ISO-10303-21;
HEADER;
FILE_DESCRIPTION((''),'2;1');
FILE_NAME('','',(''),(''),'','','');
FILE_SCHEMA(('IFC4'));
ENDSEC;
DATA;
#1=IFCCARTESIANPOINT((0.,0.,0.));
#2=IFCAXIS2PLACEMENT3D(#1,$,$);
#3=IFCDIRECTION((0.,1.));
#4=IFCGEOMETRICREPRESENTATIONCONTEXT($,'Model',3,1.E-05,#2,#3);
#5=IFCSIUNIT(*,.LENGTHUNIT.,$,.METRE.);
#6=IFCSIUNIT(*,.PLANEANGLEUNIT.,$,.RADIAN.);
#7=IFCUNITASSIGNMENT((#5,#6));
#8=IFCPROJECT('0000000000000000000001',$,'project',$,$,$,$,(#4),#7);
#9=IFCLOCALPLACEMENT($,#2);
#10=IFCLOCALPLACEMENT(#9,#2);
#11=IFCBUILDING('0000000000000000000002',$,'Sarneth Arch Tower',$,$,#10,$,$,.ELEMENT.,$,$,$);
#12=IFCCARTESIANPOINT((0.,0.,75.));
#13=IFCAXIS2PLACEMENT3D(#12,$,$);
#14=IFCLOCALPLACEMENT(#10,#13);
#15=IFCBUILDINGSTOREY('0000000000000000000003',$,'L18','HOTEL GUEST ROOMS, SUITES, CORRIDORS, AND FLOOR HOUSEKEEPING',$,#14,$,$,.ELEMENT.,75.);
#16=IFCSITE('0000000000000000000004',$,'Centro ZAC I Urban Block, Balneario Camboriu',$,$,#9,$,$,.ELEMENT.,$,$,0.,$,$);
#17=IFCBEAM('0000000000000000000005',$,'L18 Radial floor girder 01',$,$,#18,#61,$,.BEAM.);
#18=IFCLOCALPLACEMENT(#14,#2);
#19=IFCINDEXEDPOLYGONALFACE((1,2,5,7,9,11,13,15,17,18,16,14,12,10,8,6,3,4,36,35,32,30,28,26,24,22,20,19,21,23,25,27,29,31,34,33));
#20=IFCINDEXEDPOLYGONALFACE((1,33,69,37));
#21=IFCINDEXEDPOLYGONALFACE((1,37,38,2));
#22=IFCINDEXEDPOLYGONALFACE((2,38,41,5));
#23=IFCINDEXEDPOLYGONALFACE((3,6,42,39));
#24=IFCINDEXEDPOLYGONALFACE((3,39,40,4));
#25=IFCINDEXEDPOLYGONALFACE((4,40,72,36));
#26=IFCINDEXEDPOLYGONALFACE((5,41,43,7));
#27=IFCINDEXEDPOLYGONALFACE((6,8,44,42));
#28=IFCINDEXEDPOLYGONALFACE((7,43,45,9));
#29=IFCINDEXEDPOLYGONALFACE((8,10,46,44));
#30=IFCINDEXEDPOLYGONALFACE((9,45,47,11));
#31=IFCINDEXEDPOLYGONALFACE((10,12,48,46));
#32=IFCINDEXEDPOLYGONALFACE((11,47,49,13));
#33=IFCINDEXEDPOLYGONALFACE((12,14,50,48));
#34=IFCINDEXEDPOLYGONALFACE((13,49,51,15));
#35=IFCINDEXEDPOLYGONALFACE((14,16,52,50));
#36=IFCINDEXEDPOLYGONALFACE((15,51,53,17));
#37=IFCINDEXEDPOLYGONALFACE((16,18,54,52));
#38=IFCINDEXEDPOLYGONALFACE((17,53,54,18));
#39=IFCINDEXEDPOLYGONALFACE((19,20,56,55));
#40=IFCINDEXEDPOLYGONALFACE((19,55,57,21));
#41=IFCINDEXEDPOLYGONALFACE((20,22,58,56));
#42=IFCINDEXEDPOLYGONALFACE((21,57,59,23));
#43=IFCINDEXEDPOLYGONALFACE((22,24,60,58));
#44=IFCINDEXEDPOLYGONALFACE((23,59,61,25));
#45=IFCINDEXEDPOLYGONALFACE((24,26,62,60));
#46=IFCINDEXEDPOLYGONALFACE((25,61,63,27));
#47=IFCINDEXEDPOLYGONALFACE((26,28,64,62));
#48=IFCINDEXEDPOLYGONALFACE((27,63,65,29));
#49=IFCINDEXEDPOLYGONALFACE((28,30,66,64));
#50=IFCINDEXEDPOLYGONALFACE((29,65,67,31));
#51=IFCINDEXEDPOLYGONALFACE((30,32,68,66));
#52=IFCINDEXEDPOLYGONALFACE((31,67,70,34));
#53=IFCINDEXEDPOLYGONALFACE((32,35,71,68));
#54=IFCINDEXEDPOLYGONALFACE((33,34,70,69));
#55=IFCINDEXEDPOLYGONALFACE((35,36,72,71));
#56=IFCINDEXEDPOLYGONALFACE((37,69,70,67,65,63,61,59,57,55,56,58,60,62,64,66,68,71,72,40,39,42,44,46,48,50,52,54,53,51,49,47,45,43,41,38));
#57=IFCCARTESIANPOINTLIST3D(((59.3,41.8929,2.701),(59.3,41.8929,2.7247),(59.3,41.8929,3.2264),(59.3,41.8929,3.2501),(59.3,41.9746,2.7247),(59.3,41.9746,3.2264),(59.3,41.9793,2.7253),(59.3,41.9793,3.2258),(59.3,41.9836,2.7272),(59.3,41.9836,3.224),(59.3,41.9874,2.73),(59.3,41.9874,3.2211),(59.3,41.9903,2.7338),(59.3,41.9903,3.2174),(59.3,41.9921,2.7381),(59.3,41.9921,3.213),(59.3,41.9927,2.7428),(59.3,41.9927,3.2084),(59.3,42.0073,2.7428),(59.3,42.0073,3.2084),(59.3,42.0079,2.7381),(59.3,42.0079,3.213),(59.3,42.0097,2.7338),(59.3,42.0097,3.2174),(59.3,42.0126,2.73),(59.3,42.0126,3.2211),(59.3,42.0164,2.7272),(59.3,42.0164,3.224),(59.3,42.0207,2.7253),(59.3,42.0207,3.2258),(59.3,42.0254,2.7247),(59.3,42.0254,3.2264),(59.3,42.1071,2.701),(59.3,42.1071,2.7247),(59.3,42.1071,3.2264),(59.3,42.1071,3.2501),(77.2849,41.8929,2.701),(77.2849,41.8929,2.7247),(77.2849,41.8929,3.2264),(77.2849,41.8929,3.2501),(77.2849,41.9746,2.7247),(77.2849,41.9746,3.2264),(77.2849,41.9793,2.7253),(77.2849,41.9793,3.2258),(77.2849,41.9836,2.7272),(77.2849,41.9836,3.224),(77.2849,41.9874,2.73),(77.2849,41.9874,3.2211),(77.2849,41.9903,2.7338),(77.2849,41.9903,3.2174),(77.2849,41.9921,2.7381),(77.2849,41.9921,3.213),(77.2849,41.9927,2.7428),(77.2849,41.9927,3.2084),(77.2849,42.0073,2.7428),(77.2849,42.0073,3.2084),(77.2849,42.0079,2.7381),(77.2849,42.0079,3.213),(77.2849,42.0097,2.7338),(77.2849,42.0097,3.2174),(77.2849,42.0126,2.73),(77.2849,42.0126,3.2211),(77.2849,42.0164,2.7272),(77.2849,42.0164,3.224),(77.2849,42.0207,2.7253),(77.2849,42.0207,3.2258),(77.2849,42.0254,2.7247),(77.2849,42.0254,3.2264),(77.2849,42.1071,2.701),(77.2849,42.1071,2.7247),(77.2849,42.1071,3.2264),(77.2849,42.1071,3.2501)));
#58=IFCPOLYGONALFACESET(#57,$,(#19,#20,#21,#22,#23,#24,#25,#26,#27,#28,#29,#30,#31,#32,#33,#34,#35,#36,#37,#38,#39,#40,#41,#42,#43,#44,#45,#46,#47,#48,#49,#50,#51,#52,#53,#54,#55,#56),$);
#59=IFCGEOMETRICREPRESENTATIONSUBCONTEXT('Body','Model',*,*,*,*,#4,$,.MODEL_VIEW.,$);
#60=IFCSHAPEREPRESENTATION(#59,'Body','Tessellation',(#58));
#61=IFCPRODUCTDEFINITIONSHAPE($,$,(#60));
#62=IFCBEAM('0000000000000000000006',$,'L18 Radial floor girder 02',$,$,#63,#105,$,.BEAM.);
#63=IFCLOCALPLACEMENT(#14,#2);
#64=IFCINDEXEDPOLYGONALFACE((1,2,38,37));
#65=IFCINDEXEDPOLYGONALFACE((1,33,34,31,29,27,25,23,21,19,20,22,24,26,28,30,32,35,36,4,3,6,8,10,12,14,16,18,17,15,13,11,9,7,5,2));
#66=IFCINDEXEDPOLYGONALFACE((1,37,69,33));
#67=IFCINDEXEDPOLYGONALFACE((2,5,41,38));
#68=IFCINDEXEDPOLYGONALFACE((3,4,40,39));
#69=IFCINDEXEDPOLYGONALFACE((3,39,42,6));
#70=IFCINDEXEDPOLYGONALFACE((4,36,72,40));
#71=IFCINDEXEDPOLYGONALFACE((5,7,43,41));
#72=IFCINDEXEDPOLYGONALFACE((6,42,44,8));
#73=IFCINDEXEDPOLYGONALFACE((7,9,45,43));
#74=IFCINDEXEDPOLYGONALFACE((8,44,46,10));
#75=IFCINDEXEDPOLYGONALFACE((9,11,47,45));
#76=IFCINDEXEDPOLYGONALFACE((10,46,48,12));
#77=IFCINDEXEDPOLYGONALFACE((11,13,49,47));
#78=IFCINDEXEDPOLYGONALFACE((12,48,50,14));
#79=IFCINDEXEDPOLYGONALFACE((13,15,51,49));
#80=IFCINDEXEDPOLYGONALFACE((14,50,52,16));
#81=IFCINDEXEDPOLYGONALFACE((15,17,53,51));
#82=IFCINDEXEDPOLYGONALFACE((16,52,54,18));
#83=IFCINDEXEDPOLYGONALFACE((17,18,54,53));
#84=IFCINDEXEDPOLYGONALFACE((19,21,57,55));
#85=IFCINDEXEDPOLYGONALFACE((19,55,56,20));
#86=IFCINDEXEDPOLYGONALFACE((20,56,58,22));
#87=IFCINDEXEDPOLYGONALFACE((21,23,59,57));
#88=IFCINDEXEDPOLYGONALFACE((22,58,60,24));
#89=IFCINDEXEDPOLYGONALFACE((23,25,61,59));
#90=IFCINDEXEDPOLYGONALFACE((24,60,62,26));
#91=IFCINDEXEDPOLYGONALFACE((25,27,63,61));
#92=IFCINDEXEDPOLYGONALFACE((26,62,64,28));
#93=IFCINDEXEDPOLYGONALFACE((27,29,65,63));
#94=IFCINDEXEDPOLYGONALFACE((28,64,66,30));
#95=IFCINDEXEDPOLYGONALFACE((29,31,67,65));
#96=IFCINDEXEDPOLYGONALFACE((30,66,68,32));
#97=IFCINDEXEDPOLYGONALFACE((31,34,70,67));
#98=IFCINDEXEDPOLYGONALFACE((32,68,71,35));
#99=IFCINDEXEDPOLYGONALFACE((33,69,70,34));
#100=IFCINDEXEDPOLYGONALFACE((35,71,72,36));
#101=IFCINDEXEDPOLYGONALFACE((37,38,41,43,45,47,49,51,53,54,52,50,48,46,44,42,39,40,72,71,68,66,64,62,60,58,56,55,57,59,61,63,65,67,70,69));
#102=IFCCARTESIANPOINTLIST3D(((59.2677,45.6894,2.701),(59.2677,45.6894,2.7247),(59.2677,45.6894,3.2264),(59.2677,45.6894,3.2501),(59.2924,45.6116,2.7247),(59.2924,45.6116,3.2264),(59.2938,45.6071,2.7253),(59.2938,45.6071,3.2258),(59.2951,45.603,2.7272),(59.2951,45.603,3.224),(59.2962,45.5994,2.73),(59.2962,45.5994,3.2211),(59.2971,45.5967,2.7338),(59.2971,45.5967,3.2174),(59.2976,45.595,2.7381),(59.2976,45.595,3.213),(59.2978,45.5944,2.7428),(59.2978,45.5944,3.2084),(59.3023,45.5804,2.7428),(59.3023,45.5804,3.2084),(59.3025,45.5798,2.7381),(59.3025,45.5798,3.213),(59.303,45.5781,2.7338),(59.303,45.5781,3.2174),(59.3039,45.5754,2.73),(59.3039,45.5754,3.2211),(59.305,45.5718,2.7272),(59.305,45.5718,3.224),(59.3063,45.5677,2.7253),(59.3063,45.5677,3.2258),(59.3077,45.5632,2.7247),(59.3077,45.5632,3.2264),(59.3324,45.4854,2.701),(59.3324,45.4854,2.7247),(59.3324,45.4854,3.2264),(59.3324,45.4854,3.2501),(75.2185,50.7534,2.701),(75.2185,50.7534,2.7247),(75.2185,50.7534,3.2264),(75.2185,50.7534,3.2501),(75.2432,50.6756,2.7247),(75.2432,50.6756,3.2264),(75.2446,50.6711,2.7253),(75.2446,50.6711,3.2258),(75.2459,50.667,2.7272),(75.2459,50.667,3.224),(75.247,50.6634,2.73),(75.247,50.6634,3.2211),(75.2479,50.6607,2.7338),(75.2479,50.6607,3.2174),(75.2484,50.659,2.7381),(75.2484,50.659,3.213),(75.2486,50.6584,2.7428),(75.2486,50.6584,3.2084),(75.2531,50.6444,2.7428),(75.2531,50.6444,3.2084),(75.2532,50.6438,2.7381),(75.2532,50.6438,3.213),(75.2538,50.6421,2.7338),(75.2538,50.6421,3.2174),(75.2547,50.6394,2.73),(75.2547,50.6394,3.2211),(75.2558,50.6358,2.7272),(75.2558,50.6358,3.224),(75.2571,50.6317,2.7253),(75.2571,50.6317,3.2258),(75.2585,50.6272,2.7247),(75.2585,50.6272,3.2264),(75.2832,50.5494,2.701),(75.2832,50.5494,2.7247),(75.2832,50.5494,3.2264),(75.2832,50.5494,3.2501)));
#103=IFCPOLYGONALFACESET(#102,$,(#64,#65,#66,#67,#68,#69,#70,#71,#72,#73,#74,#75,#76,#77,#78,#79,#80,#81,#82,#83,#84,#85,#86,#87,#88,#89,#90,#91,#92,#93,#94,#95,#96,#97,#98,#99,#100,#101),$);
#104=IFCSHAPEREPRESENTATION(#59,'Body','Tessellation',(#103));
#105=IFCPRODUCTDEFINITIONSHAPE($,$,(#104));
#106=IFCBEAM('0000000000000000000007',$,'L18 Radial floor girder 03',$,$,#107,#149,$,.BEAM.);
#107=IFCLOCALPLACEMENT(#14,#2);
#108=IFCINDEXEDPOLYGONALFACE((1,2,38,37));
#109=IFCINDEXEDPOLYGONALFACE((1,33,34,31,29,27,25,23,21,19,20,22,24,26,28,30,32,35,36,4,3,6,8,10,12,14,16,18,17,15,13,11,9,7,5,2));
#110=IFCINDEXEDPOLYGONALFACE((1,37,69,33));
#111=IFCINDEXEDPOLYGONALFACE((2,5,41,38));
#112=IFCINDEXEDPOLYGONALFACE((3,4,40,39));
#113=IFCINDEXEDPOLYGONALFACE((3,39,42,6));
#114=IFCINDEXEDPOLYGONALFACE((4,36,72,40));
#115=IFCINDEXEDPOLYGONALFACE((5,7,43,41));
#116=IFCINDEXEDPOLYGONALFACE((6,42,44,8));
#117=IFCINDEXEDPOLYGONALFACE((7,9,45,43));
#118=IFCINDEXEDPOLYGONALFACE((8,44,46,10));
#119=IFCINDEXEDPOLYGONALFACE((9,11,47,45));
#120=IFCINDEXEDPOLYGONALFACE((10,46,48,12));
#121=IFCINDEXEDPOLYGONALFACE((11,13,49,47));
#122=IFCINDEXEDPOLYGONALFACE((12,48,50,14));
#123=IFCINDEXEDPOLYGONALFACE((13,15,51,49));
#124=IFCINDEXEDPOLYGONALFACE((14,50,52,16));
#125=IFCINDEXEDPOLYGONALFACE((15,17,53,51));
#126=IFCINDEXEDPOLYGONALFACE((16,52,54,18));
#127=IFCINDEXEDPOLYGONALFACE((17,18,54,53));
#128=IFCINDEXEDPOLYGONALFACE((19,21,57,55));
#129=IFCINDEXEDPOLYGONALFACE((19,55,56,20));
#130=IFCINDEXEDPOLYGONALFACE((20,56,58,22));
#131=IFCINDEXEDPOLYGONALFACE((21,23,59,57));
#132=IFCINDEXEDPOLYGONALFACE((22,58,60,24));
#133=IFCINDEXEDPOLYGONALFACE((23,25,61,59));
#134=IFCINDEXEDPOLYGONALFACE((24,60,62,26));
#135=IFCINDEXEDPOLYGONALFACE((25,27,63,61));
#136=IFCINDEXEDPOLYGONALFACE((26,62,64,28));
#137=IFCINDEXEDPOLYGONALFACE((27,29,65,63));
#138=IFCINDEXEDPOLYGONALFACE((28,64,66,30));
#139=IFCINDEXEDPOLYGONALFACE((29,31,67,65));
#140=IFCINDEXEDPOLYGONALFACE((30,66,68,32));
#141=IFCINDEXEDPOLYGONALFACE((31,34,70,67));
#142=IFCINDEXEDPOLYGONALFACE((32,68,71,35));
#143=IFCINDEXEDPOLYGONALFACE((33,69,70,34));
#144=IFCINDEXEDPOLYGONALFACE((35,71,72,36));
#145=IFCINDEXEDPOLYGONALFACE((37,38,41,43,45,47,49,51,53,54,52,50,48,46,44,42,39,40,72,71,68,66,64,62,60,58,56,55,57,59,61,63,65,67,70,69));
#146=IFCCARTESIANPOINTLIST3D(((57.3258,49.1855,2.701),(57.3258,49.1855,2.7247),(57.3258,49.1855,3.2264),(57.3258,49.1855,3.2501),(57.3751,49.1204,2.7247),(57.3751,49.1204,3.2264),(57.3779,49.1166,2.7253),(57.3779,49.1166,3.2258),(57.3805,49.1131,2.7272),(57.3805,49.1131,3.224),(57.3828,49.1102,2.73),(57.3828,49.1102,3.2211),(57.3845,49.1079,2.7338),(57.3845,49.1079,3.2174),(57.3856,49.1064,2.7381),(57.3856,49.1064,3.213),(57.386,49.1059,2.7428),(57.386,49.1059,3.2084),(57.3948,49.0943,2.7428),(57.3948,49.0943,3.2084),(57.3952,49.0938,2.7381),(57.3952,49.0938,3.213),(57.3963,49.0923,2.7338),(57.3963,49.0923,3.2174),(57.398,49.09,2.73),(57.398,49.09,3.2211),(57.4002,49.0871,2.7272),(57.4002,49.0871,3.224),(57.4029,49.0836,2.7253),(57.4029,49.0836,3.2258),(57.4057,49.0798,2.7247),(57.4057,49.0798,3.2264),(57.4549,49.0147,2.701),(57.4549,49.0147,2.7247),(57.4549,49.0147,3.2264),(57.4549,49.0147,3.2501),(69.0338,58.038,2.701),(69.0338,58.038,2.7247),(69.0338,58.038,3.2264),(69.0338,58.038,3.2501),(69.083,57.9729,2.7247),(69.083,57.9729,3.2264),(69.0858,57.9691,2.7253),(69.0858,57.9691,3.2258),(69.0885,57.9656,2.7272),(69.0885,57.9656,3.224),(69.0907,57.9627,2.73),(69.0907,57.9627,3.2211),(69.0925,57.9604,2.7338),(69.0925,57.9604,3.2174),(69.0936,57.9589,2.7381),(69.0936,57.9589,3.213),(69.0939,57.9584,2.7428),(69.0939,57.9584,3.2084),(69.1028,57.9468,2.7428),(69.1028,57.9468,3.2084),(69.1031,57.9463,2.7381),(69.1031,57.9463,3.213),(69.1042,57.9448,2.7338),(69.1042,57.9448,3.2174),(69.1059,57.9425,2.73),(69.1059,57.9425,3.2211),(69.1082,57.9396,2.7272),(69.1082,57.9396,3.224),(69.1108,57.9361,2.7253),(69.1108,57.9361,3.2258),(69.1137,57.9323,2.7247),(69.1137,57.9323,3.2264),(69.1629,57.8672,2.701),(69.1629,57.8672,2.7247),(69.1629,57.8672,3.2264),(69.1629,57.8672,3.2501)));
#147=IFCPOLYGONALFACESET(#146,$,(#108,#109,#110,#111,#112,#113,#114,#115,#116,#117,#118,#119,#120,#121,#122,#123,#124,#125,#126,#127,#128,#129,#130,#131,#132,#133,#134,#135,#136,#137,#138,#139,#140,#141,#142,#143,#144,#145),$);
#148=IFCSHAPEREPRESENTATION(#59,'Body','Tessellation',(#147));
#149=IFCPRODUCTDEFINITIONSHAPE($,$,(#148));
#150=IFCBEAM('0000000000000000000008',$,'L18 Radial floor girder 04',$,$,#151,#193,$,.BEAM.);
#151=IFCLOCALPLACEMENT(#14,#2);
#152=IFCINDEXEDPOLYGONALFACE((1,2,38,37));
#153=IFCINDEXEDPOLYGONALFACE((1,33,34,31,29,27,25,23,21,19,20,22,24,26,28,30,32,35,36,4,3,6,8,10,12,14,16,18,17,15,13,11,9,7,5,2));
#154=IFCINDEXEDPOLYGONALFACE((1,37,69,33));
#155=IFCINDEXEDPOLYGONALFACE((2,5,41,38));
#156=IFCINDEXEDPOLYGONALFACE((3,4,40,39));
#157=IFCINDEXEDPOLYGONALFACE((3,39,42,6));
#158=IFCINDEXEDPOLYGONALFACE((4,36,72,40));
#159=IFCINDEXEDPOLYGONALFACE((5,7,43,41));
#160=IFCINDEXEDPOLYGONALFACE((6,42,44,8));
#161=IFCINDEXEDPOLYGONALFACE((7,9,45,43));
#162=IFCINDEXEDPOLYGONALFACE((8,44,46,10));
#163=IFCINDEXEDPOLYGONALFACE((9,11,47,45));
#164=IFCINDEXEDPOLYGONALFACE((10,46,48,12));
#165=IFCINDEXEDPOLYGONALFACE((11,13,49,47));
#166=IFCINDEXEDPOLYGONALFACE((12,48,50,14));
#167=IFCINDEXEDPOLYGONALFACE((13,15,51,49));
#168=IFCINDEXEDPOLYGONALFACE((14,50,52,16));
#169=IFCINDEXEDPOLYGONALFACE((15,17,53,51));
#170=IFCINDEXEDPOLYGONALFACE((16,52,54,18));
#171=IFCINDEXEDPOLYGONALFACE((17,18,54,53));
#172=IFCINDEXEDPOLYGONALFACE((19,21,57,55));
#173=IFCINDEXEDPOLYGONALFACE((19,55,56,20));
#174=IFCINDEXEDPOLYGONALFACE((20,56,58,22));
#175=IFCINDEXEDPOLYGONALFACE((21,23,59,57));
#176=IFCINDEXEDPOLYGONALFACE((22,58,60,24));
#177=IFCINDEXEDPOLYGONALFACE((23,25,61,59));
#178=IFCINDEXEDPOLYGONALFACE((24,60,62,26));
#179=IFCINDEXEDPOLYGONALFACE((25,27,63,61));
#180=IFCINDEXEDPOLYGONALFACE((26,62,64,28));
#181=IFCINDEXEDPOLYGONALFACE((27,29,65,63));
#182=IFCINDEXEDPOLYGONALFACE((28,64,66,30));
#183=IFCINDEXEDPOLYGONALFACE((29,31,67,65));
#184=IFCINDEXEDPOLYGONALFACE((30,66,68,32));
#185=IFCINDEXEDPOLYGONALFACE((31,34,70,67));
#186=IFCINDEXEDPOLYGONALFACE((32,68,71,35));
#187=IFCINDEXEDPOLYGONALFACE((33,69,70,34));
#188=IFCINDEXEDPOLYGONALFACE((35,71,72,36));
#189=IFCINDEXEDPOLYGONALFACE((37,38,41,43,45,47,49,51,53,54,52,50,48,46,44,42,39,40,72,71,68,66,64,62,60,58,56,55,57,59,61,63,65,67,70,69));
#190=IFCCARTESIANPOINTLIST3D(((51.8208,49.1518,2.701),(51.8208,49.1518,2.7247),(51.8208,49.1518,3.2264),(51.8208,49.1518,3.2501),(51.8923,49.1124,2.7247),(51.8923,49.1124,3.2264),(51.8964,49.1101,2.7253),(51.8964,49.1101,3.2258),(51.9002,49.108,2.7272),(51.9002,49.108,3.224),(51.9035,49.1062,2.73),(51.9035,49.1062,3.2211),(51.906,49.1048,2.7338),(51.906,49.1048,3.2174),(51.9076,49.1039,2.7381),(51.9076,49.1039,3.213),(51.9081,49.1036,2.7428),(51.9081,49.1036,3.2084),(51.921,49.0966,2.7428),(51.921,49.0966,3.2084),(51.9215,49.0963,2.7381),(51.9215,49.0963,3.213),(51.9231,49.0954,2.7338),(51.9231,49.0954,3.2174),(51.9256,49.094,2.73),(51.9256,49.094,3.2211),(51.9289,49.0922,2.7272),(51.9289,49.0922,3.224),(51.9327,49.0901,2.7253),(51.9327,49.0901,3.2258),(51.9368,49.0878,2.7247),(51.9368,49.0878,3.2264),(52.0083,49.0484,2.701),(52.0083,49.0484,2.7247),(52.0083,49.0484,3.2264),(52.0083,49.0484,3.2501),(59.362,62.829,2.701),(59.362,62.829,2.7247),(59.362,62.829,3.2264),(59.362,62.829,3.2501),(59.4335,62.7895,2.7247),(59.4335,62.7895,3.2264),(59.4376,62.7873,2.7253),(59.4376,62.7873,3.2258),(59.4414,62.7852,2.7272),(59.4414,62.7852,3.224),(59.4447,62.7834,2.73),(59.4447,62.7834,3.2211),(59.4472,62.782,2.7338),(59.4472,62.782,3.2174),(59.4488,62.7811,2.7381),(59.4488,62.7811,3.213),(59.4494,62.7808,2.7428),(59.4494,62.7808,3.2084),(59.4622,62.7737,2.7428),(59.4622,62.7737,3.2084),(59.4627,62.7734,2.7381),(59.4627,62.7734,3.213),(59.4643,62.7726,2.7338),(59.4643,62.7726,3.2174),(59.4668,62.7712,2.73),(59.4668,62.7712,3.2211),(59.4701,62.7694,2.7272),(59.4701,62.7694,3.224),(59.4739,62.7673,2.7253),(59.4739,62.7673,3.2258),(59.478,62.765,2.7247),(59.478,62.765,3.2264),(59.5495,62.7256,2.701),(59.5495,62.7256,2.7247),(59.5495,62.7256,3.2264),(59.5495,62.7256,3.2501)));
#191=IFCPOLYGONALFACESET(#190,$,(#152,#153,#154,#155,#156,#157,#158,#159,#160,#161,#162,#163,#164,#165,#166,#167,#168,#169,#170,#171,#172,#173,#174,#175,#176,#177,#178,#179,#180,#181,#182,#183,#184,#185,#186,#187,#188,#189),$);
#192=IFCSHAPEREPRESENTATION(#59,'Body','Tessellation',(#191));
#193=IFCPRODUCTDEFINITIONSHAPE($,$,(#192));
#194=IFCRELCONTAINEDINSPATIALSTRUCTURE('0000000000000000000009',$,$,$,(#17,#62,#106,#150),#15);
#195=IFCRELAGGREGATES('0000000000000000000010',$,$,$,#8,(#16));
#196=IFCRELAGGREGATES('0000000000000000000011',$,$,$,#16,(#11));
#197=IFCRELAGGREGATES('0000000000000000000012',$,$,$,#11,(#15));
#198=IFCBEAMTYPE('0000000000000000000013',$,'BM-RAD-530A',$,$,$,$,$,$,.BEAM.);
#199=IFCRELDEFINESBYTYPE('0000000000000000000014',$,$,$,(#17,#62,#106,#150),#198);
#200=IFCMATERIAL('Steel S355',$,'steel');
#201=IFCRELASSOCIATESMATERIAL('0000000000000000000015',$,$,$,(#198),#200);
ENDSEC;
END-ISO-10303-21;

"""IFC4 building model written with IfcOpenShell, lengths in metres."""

from ifc_helpers import new_model, si_unit, direction, frame, origin, origin_2d, place, context, subcontext, project, spatial, i_section, extrude, material, material_profile, profile_set, type_object, element, save


model = new_model("IFC4")

# Units and contexts
model_context = context("Model", 3, precision=1e-05, world=origin(), true_north=direction((0.0, 1.0)))
body_context = subcontext(model_context, "Body", "Model", "MODEL_VIEW")
ifc_project = project(units=[si_unit("LENGTHUNIT", "METRE"), si_unit("PLANEANGLEUNIT", "RADIAN")], contexts=[model_context])

# Site, building, storey
site_placement = place(None, origin())
site = spatial("IfcSite", under=ifc_project, at=site_placement, Name="Centro ZAC I Urban Block, Balneario Camboriu", CompositionType="ELEMENT", RefElevation=0.0)
building_placement = place(site_placement, origin())
building = spatial("IfcBuilding", under=site, at=building_placement, Name="Sarneth Arch Tower", CompositionType="ELEMENT")
storey_placement = place(building_placement, frame((0.0, 0.0, 75.0)))
storey = spatial("IfcBuildingStorey", under=building, at=storey_placement, Name="L18", Description="HOTEL GUEST ROOMS, SUITES, CORRIDORS, AND FLOOR HOUSEKEEPING", CompositionType="ELEMENT", Elevation=75.0)

# Beams
ifc_material_1 = material(Name="Steel S355", Category="steel")
ifc_material_profile = material_profile(ifc_material_1, i_section(OverallWidth=0.2141, OverallDepth=0.5491, WebThickness=0.0146, FlangeThickness=0.0237, FilletRadius=0.0181, at=origin_2d()), Name="W530x138")
ifc_profile_set = profile_set([ifc_material_profile], Name="Steel S355")
beam_type = type_object("IfcBeamType", Name="BM-RAD-530A", PredefinedType="BEAM", material=ifc_profile_set)
beam_1_placement = place(storey_placement, frame((59.3, 42.0, 2.9756), z_axis=(1.0, 0.0, 0.0), x_axis=(0.0, 1.0, 0.0)))
element("IfcBeam", 1, at=beam_1_placement, inside=storey, type_object=beam_type, Name="L18 Radial floor girder 01", PredefinedType="BEAM", context=body_context, shape_type="SweptSolid", body=[
    extrude(i_section(OverallWidth=0.2141, OverallDepth=0.5491, WebThickness=0.0146, FlangeThickness=0.0237, FilletRadius=0.0181, at=origin_2d()), origin(), (0.0, 0.0, 1.0), 17.9849),
])
beam_2_placement = place(storey_placement, frame((59.3, 45.5874, 2.9756), z_axis=(0.95312, 0.302593, 0.0), x_axis=(-0.302593, 0.95312, 0.0)))
element("IfcBeam", 2, at=beam_2_placement, inside=storey, type_object=beam_type, Name="L18 Radial floor girder 02", PredefinedType="BEAM", context=body_context, shape_type="SweptSolid", body=[
    extrude(i_section(OverallWidth=0.2141, OverallDepth=0.5491, WebThickness=0.0146, FlangeThickness=0.0237, FilletRadius=0.0181, at=origin_2d()), origin(), (0.0, 0.0, 1.0), 16.7354),
])
beam_3_placement = place(storey_placement, frame((57.3904, 49.1001, 2.9756), z_axis=(0.797655, 0.603114, 0.0), x_axis=(-0.603114, 0.797655, 0.0)))
element("IfcBeam", 3, at=beam_3_placement, inside=storey, type_object=beam_type, Name="L18 Radial floor girder 03", PredefinedType="BEAM", context=body_context, shape_type="SweptSolid", body=[
    extrude(i_section(OverallWidth=0.2141, OverallDepth=0.5491, WebThickness=0.0146, FlangeThickness=0.0237, FilletRadius=0.0181, at=origin_2d()), origin(), (0.0, 0.0, 1.0), 14.678),
])
beam_4_placement = place(storey_placement, frame((51.9146, 49.1001, 2.9756), z_axis=(0.482841, 0.875708, 0.0), x_axis=(-0.875708, 0.482841, 0.0)))
element("IfcBeam", 4, at=beam_4_placement, inside=storey, type_object=beam_type, Name="L18 Radial floor girder 04", PredefinedType="BEAM", context=body_context, shape_type="SweptSolid", body=[
    extrude(i_section(OverallWidth=0.2141, OverallDepth=0.5491, WebThickness=0.0146, FlangeThickness=0.0237, FilletRadius=0.0181, at=origin_2d()), origin(), (0.0, 0.0, 1.0), 15.6184),
])

save(model, "model.ifc")
